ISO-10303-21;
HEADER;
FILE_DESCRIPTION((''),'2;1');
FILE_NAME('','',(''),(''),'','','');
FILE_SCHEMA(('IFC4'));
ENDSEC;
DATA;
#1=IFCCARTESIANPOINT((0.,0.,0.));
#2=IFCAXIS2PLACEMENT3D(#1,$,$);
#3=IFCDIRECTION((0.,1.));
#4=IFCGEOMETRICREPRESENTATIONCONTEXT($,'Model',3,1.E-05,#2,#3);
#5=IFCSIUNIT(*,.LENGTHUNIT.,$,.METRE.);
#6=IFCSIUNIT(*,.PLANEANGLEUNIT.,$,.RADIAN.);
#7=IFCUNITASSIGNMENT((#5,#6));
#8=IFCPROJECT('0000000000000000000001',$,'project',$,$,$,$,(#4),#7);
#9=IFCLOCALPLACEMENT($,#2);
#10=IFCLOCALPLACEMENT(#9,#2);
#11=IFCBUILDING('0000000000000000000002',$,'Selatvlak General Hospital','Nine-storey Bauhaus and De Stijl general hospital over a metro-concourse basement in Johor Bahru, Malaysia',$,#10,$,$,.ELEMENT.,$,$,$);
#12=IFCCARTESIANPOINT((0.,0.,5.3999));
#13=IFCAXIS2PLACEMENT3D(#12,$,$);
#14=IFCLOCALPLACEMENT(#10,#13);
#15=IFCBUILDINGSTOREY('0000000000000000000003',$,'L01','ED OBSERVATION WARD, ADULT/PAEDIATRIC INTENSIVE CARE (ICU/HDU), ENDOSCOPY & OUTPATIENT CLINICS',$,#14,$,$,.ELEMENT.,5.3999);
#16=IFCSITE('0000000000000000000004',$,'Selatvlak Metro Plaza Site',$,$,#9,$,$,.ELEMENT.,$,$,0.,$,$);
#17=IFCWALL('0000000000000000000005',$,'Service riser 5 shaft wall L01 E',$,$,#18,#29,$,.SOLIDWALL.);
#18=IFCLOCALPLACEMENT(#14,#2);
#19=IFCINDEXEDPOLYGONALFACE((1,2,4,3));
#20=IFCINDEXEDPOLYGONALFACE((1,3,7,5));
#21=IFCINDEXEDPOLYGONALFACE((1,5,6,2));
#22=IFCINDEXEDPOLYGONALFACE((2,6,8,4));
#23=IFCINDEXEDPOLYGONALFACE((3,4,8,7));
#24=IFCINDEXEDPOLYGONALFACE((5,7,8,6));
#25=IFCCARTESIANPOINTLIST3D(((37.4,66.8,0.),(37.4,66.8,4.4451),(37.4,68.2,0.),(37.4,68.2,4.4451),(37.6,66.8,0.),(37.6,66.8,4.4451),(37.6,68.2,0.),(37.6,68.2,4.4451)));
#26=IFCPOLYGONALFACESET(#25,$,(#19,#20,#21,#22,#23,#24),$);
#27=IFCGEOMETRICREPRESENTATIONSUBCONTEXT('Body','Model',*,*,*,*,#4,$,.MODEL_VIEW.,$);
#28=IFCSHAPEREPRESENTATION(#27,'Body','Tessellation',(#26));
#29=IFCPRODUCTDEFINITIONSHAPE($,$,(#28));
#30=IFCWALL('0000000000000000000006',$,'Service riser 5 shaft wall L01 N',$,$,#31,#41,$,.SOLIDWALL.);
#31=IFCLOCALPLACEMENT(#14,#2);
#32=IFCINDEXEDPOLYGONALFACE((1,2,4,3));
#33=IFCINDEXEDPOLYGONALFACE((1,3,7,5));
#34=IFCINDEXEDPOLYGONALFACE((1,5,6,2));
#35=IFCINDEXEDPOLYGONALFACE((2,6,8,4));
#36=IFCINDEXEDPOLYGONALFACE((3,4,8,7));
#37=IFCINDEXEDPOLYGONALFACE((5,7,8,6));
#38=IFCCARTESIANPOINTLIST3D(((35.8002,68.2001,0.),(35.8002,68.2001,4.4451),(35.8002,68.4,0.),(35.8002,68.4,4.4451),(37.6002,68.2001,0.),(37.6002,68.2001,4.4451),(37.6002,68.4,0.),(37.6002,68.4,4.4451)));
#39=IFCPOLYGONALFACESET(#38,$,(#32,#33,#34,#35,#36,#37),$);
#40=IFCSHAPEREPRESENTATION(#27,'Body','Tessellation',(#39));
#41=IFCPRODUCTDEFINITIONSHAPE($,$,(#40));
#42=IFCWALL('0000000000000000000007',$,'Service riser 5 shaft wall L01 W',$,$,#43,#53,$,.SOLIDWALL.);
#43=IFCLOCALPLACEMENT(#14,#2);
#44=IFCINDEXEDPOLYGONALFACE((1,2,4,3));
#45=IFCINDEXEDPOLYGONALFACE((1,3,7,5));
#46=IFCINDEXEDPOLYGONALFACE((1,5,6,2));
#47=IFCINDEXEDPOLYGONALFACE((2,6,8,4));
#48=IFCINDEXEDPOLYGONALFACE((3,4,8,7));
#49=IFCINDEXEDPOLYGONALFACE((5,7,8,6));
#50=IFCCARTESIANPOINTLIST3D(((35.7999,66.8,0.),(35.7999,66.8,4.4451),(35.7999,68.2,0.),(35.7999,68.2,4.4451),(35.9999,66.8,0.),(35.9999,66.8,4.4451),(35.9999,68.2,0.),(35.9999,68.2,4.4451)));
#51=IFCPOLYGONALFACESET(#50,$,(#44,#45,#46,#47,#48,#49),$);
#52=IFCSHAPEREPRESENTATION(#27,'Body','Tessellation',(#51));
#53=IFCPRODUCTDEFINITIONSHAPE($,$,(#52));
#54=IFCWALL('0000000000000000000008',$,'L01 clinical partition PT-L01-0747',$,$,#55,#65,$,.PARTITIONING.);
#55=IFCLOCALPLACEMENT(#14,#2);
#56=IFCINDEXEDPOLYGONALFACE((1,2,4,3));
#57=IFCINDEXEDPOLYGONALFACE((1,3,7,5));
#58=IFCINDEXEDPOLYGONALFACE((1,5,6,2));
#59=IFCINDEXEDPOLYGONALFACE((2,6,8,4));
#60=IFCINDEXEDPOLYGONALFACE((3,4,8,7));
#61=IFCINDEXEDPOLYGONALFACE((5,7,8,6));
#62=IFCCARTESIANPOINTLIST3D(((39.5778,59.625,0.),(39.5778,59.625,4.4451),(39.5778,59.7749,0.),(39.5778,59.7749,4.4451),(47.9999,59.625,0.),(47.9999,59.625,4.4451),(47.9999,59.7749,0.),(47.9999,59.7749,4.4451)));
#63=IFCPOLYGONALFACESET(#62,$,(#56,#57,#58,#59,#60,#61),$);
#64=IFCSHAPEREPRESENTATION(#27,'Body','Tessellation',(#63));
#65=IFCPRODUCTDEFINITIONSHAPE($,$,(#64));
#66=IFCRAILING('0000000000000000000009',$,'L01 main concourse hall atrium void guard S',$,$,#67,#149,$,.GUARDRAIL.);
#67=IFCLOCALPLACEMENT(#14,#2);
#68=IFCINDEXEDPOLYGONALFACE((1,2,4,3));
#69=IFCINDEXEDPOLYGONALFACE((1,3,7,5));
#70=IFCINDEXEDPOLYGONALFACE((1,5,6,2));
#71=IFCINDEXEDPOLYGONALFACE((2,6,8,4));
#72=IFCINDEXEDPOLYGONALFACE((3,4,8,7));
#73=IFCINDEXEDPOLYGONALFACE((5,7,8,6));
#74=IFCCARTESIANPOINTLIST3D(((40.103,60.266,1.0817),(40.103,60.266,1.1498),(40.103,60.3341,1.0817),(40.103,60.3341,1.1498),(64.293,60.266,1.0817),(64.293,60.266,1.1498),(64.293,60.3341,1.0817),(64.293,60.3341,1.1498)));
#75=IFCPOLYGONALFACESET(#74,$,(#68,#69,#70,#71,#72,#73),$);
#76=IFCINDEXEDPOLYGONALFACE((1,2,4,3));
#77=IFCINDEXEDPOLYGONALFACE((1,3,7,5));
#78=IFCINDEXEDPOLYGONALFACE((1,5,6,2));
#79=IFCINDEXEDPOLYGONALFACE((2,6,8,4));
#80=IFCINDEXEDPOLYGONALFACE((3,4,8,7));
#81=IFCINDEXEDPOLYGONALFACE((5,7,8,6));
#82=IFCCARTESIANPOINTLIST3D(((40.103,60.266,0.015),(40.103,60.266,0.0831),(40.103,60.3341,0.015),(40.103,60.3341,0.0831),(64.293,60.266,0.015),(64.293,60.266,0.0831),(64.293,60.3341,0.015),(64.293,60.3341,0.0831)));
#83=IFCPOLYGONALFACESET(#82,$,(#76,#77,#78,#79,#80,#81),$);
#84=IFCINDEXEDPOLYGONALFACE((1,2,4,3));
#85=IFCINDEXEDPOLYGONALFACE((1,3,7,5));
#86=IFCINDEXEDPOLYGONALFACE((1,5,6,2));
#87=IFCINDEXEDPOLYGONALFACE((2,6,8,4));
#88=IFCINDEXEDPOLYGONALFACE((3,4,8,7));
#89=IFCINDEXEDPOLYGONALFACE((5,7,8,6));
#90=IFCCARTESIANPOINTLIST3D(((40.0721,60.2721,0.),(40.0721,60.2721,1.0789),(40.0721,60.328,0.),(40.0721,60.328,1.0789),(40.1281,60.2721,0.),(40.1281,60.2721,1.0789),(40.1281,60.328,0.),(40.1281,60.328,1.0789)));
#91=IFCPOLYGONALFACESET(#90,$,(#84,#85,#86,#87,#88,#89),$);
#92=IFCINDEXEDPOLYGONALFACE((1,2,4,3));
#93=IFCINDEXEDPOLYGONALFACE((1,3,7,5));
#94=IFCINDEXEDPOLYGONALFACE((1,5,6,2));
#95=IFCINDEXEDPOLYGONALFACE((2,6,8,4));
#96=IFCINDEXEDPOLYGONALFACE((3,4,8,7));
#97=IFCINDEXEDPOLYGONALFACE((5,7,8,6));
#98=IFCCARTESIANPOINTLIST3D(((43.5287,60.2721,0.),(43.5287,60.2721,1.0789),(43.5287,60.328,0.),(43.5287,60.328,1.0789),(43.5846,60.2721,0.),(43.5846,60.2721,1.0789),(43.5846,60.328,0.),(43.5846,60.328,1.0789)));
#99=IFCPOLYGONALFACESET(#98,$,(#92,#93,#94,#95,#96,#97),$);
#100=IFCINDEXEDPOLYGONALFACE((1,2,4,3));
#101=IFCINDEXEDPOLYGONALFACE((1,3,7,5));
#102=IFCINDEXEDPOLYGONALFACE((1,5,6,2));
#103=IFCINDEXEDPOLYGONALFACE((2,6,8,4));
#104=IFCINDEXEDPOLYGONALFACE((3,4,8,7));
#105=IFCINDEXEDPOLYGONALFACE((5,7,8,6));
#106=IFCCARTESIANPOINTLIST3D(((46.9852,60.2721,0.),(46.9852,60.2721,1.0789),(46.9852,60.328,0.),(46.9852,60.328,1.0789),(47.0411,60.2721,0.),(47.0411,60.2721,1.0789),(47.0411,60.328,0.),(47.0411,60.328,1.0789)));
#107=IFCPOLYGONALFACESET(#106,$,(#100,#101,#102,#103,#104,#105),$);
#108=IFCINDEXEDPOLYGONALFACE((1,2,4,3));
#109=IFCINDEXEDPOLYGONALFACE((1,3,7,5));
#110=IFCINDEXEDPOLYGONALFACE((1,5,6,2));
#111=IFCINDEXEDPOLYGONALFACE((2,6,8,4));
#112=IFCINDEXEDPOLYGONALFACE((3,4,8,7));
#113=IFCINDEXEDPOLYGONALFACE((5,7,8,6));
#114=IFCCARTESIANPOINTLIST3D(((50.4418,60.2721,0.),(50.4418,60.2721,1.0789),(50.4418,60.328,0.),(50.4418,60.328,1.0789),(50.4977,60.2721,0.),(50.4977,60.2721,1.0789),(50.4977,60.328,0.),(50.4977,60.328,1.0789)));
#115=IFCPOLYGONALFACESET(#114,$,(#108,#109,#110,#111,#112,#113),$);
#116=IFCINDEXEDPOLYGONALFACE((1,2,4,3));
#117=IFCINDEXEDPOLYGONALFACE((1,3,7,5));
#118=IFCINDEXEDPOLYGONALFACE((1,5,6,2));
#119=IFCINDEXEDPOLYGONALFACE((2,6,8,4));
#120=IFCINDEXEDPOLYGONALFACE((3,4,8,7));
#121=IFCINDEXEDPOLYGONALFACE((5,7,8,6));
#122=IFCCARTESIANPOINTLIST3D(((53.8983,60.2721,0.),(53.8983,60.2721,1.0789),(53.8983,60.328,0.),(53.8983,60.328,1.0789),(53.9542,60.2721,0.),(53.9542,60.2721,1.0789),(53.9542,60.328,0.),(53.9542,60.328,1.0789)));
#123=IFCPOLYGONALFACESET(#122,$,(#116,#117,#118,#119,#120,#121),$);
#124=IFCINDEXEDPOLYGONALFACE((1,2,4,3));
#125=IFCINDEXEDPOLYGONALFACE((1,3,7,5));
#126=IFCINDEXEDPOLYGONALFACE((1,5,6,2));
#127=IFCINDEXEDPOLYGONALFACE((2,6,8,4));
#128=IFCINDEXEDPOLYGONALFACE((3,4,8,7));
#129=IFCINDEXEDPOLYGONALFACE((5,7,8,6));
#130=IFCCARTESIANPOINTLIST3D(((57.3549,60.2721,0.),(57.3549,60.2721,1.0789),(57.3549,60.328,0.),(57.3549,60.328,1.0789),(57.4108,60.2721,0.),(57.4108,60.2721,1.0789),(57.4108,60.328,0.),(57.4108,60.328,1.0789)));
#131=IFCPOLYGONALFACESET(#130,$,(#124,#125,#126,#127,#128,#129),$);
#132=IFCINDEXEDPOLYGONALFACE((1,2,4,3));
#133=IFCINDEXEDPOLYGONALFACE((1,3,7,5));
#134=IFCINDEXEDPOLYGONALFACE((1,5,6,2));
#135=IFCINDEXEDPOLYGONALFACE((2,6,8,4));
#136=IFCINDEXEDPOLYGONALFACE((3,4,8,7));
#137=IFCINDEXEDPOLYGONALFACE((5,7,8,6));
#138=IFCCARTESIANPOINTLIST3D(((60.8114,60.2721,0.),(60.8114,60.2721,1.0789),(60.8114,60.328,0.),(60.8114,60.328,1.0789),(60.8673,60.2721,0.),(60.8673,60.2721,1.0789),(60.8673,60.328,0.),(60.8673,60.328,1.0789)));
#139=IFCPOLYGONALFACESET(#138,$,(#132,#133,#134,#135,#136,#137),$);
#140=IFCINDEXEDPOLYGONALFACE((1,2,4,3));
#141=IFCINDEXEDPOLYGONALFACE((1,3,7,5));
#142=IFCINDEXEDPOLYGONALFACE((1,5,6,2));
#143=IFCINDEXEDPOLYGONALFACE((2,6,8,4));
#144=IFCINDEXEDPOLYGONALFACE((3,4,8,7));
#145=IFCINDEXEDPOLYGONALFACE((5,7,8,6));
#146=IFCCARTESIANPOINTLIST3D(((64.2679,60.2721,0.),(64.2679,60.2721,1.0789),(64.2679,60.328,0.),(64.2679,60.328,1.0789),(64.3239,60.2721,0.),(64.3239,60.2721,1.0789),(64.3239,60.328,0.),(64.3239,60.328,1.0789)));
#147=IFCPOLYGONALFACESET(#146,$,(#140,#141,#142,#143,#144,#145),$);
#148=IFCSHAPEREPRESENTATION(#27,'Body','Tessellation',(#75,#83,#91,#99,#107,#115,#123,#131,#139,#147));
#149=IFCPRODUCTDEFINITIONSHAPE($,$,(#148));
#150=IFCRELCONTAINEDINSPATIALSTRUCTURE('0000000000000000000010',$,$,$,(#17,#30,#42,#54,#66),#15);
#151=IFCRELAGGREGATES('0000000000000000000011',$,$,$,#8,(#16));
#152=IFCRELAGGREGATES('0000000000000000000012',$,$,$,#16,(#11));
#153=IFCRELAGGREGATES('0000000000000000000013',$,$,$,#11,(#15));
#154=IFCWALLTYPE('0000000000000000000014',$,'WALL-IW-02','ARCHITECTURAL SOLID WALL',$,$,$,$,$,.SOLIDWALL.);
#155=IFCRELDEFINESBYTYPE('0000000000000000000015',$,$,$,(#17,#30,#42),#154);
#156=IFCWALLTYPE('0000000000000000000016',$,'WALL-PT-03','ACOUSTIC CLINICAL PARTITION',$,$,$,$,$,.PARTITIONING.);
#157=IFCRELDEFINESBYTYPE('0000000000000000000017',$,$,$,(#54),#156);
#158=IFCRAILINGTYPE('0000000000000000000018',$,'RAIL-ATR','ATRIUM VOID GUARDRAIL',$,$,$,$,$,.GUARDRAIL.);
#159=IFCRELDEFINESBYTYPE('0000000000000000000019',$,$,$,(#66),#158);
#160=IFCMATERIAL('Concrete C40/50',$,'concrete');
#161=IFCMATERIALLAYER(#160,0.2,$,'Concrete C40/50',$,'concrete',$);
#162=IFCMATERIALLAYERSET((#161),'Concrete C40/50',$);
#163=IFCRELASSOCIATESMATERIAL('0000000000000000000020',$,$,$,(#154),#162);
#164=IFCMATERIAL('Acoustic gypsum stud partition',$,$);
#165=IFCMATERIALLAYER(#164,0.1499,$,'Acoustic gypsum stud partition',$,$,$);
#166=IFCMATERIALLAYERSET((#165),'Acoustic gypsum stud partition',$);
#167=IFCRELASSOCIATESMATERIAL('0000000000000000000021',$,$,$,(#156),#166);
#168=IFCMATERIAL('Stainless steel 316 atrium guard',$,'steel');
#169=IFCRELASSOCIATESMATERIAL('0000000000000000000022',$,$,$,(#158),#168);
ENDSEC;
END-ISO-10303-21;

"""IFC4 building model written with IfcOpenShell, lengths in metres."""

from ifc_helpers import new_model, si_unit, direction, frame, frame_2d, origin, origin_2d, place, context, subcontext, project, spatial, rectangle, extrude, material, layer, layer_set, type_object, element, save


model = new_model("IFC4")

# Units and contexts
model_context = context("Model", 3, precision=1e-05, world=origin(), true_north=direction((0.0, 1.0)))
body_context = subcontext(model_context, "Body", "Model", "MODEL_VIEW")
ifc_project = project(units=[si_unit("LENGTHUNIT", "METRE"), si_unit("PLANEANGLEUNIT", "RADIAN")], contexts=[model_context])

# Site, building, storey
site_placement = place(None, origin())
site = spatial("IfcSite", under=ifc_project, at=site_placement, Name="Selatvlak Metro Plaza Site", CompositionType="ELEMENT", RefElevation=0.0)
building_placement = place(site_placement, origin())
building = spatial("IfcBuilding", under=site, at=building_placement, Name="Selatvlak General Hospital", Description="Nine-storey Bauhaus and De Stijl general hospital over a metro-concourse basement in Johor Bahru, Malaysia", CompositionType="ELEMENT")
storey_placement = place(building_placement, frame((0.0, 0.0, 5.3999)))
storey = spatial("IfcBuildingStorey", under=building, at=storey_placement, Name="L01", Description="ED OBSERVATION WARD, ADULT/PAEDIATRIC INTENSIVE CARE (ICU/HDU), ENDOSCOPY & OUTPATIENT CLINICS", CompositionType="ELEMENT", Elevation=5.3999)

# Shared definitions
ifc_material_1 = material(Name="Concrete C40/50", Category="concrete")

# Walls
ifc_layer_1 = layer(ifc_material_1, 0.2, Name="Concrete C40/50", Category="concrete")
ifc_layer_set_1 = layer_set([ifc_layer_1], Name="Concrete C40/50")
wall_type_1 = type_object("IfcWallType", Name="WALL-IW-02", Description="ARCHITECTURAL SOLID WALL", PredefinedType="SOLIDWALL", material=ifc_layer_set_1)
wall_1_placement = place(storey_placement, frame((37.5, 66.8, 0.0), z_axis=(0.0, 0.0, 1.0), x_axis=(0.0, 1.0, 0.0)))
element("IfcWall", 1, at=wall_1_placement, inside=storey, type_object=wall_type_1, Name="Service riser 5 shaft wall L01 E", PredefinedType="SOLIDWALL", context=body_context, shape_type="SweptSolid", body=[
    extrude(rectangle(XDim=1.3999, YDim=0.2, at=frame_2d((0.7, 0.0))), origin(), (0.0, 0.0, 1.0), 4.4451),
])
wall_2_placement = place(storey_placement, frame((37.6001, 68.3, 0.0), z_axis=(0.0, 0.0, 1.0), x_axis=(-1.0, 0.0, 0.0)))
element("IfcWall", 2, at=wall_2_placement, inside=storey, type_object=wall_type_1, Name="Service riser 5 shaft wall L01 N", PredefinedType="SOLIDWALL", context=body_context, shape_type="SweptSolid", body=[
    extrude(rectangle(XDim=1.8, YDim=0.2, at=frame_2d((0.8999, 0.0))), origin(), (0.0, 0.0, 1.0), 4.4451),
])
wall_3_placement = place(storey_placement, frame((35.8999, 68.2, 0.0), z_axis=(0.0, 0.0, 1.0), x_axis=(0.0, -1.0, 0.0)))
element("IfcWall", 3, at=wall_3_placement, inside=storey, type_object=wall_type_1, Name="Service riser 5 shaft wall L01 W", PredefinedType="SOLIDWALL", context=body_context, shape_type="SweptSolid", body=[
    extrude(rectangle(XDim=1.3999, YDim=0.2, at=frame_2d((0.7, 0.0))), origin(), (0.0, 0.0, 1.0), 4.4451),
])
ifc_material_2 = material(Name="Acoustic gypsum stud partition")
ifc_layer_2 = layer(ifc_material_2, 0.1499, Name="Acoustic gypsum stud partition")
ifc_layer_set_2 = layer_set([ifc_layer_2], Name="Acoustic gypsum stud partition")
wall_type_2 = type_object("IfcWallType", Name="WALL-PT-03", Description="ACOUSTIC CLINICAL PARTITION", PredefinedType="PARTITIONING", material=ifc_layer_set_2)
wall_4_placement = place(storey_placement, frame((39.5779, 59.7, 0.0), z_axis=(0.0, 0.0, 1.0), x_axis=(1.0, 0.0, 0.0)))
element("IfcWall", 4, at=wall_4_placement, inside=storey, type_object=wall_type_2, Name="L01 clinical partition PT-L01-0747", PredefinedType="PARTITIONING", context=body_context, shape_type="SweptSolid", body=[
    extrude(rectangle(XDim=8.4221, YDim=0.1499, at=frame_2d((4.2109, 0.0))), origin(), (0.0, 0.0, 1.0), 4.4451),
])

# Railing
ifc_material_3 = material(Name="Stainless steel 316 atrium guard", Category="steel")
railing_type = type_object("IfcRailingType", Name="RAIL-ATR", Description="ATRIUM VOID GUARDRAIL", PredefinedType="GUARDRAIL", material=ifc_material_3)
railing_placement = place(storey_placement, frame((40.1001, 60.3, 0.0)))
element("IfcRailing", 5, at=railing_placement, inside=storey, type_object=railing_type, Name="L01 main concourse hall atrium void guard S", PredefinedType="GUARDRAIL", context=body_context, shape_type="SweptSolid", body=[
    extrude(rectangle(XDim=0.0681, YDim=0.0681, at=origin_2d()), frame((0.0029, 0.0, 1.1157), z_axis=(1.0, 0.0, 0.0), x_axis=(0.0, 1.0, 0.0)), (0.0, 0.0, 1.0), 24.1899),
    extrude(rectangle(XDim=0.0681, YDim=0.0681, at=origin_2d()), frame((0.0029, 0.0, 0.0491), z_axis=(1.0, 0.0, 0.0), x_axis=(0.0, 1.0, 0.0)), (0.0, 0.0, 1.0), 24.1899),
    extrude(rectangle(XDim=0.0559, YDim=0.0559, at=origin_2d()), origin(), (0.0, 0.0, 1.0), 1.0789),
    extrude(rectangle(XDim=0.0559, YDim=0.0559, at=origin_2d()), frame((3.4565, 0.0, 0.0)), (0.0, 0.0, 1.0), 1.0789),
    extrude(rectangle(XDim=0.0559, YDim=0.0559, at=origin_2d()), frame((6.9131, 0.0, 0.0)), (0.0, 0.0, 1.0), 1.0789),
    extrude(rectangle(XDim=0.0559, YDim=0.0559, at=origin_2d()), frame((10.3696, 0.0, 0.0)), (0.0, 0.0, 1.0), 1.0789),
    extrude(rectangle(XDim=0.0559, YDim=0.0559, at=origin_2d()), frame((13.8262, 0.0, 0.0)), (0.0, 0.0, 1.0), 1.0789),
    extrude(rectangle(XDim=0.0559, YDim=0.0559, at=origin_2d()), frame((17.2827, 0.0, 0.0)), (0.0, 0.0, 1.0), 1.0789),
    extrude(rectangle(XDim=0.0559, YDim=0.0559, at=origin_2d()), frame((20.7393, 0.0, 0.0)), (0.0, 0.0, 1.0), 1.0789),
    extrude(rectangle(XDim=0.0559, YDim=0.0559, at=origin_2d()), frame((24.1958, 0.0, 0.0)), (0.0, 0.0, 1.0), 1.0789),
])

save(model, "model.ifc")
